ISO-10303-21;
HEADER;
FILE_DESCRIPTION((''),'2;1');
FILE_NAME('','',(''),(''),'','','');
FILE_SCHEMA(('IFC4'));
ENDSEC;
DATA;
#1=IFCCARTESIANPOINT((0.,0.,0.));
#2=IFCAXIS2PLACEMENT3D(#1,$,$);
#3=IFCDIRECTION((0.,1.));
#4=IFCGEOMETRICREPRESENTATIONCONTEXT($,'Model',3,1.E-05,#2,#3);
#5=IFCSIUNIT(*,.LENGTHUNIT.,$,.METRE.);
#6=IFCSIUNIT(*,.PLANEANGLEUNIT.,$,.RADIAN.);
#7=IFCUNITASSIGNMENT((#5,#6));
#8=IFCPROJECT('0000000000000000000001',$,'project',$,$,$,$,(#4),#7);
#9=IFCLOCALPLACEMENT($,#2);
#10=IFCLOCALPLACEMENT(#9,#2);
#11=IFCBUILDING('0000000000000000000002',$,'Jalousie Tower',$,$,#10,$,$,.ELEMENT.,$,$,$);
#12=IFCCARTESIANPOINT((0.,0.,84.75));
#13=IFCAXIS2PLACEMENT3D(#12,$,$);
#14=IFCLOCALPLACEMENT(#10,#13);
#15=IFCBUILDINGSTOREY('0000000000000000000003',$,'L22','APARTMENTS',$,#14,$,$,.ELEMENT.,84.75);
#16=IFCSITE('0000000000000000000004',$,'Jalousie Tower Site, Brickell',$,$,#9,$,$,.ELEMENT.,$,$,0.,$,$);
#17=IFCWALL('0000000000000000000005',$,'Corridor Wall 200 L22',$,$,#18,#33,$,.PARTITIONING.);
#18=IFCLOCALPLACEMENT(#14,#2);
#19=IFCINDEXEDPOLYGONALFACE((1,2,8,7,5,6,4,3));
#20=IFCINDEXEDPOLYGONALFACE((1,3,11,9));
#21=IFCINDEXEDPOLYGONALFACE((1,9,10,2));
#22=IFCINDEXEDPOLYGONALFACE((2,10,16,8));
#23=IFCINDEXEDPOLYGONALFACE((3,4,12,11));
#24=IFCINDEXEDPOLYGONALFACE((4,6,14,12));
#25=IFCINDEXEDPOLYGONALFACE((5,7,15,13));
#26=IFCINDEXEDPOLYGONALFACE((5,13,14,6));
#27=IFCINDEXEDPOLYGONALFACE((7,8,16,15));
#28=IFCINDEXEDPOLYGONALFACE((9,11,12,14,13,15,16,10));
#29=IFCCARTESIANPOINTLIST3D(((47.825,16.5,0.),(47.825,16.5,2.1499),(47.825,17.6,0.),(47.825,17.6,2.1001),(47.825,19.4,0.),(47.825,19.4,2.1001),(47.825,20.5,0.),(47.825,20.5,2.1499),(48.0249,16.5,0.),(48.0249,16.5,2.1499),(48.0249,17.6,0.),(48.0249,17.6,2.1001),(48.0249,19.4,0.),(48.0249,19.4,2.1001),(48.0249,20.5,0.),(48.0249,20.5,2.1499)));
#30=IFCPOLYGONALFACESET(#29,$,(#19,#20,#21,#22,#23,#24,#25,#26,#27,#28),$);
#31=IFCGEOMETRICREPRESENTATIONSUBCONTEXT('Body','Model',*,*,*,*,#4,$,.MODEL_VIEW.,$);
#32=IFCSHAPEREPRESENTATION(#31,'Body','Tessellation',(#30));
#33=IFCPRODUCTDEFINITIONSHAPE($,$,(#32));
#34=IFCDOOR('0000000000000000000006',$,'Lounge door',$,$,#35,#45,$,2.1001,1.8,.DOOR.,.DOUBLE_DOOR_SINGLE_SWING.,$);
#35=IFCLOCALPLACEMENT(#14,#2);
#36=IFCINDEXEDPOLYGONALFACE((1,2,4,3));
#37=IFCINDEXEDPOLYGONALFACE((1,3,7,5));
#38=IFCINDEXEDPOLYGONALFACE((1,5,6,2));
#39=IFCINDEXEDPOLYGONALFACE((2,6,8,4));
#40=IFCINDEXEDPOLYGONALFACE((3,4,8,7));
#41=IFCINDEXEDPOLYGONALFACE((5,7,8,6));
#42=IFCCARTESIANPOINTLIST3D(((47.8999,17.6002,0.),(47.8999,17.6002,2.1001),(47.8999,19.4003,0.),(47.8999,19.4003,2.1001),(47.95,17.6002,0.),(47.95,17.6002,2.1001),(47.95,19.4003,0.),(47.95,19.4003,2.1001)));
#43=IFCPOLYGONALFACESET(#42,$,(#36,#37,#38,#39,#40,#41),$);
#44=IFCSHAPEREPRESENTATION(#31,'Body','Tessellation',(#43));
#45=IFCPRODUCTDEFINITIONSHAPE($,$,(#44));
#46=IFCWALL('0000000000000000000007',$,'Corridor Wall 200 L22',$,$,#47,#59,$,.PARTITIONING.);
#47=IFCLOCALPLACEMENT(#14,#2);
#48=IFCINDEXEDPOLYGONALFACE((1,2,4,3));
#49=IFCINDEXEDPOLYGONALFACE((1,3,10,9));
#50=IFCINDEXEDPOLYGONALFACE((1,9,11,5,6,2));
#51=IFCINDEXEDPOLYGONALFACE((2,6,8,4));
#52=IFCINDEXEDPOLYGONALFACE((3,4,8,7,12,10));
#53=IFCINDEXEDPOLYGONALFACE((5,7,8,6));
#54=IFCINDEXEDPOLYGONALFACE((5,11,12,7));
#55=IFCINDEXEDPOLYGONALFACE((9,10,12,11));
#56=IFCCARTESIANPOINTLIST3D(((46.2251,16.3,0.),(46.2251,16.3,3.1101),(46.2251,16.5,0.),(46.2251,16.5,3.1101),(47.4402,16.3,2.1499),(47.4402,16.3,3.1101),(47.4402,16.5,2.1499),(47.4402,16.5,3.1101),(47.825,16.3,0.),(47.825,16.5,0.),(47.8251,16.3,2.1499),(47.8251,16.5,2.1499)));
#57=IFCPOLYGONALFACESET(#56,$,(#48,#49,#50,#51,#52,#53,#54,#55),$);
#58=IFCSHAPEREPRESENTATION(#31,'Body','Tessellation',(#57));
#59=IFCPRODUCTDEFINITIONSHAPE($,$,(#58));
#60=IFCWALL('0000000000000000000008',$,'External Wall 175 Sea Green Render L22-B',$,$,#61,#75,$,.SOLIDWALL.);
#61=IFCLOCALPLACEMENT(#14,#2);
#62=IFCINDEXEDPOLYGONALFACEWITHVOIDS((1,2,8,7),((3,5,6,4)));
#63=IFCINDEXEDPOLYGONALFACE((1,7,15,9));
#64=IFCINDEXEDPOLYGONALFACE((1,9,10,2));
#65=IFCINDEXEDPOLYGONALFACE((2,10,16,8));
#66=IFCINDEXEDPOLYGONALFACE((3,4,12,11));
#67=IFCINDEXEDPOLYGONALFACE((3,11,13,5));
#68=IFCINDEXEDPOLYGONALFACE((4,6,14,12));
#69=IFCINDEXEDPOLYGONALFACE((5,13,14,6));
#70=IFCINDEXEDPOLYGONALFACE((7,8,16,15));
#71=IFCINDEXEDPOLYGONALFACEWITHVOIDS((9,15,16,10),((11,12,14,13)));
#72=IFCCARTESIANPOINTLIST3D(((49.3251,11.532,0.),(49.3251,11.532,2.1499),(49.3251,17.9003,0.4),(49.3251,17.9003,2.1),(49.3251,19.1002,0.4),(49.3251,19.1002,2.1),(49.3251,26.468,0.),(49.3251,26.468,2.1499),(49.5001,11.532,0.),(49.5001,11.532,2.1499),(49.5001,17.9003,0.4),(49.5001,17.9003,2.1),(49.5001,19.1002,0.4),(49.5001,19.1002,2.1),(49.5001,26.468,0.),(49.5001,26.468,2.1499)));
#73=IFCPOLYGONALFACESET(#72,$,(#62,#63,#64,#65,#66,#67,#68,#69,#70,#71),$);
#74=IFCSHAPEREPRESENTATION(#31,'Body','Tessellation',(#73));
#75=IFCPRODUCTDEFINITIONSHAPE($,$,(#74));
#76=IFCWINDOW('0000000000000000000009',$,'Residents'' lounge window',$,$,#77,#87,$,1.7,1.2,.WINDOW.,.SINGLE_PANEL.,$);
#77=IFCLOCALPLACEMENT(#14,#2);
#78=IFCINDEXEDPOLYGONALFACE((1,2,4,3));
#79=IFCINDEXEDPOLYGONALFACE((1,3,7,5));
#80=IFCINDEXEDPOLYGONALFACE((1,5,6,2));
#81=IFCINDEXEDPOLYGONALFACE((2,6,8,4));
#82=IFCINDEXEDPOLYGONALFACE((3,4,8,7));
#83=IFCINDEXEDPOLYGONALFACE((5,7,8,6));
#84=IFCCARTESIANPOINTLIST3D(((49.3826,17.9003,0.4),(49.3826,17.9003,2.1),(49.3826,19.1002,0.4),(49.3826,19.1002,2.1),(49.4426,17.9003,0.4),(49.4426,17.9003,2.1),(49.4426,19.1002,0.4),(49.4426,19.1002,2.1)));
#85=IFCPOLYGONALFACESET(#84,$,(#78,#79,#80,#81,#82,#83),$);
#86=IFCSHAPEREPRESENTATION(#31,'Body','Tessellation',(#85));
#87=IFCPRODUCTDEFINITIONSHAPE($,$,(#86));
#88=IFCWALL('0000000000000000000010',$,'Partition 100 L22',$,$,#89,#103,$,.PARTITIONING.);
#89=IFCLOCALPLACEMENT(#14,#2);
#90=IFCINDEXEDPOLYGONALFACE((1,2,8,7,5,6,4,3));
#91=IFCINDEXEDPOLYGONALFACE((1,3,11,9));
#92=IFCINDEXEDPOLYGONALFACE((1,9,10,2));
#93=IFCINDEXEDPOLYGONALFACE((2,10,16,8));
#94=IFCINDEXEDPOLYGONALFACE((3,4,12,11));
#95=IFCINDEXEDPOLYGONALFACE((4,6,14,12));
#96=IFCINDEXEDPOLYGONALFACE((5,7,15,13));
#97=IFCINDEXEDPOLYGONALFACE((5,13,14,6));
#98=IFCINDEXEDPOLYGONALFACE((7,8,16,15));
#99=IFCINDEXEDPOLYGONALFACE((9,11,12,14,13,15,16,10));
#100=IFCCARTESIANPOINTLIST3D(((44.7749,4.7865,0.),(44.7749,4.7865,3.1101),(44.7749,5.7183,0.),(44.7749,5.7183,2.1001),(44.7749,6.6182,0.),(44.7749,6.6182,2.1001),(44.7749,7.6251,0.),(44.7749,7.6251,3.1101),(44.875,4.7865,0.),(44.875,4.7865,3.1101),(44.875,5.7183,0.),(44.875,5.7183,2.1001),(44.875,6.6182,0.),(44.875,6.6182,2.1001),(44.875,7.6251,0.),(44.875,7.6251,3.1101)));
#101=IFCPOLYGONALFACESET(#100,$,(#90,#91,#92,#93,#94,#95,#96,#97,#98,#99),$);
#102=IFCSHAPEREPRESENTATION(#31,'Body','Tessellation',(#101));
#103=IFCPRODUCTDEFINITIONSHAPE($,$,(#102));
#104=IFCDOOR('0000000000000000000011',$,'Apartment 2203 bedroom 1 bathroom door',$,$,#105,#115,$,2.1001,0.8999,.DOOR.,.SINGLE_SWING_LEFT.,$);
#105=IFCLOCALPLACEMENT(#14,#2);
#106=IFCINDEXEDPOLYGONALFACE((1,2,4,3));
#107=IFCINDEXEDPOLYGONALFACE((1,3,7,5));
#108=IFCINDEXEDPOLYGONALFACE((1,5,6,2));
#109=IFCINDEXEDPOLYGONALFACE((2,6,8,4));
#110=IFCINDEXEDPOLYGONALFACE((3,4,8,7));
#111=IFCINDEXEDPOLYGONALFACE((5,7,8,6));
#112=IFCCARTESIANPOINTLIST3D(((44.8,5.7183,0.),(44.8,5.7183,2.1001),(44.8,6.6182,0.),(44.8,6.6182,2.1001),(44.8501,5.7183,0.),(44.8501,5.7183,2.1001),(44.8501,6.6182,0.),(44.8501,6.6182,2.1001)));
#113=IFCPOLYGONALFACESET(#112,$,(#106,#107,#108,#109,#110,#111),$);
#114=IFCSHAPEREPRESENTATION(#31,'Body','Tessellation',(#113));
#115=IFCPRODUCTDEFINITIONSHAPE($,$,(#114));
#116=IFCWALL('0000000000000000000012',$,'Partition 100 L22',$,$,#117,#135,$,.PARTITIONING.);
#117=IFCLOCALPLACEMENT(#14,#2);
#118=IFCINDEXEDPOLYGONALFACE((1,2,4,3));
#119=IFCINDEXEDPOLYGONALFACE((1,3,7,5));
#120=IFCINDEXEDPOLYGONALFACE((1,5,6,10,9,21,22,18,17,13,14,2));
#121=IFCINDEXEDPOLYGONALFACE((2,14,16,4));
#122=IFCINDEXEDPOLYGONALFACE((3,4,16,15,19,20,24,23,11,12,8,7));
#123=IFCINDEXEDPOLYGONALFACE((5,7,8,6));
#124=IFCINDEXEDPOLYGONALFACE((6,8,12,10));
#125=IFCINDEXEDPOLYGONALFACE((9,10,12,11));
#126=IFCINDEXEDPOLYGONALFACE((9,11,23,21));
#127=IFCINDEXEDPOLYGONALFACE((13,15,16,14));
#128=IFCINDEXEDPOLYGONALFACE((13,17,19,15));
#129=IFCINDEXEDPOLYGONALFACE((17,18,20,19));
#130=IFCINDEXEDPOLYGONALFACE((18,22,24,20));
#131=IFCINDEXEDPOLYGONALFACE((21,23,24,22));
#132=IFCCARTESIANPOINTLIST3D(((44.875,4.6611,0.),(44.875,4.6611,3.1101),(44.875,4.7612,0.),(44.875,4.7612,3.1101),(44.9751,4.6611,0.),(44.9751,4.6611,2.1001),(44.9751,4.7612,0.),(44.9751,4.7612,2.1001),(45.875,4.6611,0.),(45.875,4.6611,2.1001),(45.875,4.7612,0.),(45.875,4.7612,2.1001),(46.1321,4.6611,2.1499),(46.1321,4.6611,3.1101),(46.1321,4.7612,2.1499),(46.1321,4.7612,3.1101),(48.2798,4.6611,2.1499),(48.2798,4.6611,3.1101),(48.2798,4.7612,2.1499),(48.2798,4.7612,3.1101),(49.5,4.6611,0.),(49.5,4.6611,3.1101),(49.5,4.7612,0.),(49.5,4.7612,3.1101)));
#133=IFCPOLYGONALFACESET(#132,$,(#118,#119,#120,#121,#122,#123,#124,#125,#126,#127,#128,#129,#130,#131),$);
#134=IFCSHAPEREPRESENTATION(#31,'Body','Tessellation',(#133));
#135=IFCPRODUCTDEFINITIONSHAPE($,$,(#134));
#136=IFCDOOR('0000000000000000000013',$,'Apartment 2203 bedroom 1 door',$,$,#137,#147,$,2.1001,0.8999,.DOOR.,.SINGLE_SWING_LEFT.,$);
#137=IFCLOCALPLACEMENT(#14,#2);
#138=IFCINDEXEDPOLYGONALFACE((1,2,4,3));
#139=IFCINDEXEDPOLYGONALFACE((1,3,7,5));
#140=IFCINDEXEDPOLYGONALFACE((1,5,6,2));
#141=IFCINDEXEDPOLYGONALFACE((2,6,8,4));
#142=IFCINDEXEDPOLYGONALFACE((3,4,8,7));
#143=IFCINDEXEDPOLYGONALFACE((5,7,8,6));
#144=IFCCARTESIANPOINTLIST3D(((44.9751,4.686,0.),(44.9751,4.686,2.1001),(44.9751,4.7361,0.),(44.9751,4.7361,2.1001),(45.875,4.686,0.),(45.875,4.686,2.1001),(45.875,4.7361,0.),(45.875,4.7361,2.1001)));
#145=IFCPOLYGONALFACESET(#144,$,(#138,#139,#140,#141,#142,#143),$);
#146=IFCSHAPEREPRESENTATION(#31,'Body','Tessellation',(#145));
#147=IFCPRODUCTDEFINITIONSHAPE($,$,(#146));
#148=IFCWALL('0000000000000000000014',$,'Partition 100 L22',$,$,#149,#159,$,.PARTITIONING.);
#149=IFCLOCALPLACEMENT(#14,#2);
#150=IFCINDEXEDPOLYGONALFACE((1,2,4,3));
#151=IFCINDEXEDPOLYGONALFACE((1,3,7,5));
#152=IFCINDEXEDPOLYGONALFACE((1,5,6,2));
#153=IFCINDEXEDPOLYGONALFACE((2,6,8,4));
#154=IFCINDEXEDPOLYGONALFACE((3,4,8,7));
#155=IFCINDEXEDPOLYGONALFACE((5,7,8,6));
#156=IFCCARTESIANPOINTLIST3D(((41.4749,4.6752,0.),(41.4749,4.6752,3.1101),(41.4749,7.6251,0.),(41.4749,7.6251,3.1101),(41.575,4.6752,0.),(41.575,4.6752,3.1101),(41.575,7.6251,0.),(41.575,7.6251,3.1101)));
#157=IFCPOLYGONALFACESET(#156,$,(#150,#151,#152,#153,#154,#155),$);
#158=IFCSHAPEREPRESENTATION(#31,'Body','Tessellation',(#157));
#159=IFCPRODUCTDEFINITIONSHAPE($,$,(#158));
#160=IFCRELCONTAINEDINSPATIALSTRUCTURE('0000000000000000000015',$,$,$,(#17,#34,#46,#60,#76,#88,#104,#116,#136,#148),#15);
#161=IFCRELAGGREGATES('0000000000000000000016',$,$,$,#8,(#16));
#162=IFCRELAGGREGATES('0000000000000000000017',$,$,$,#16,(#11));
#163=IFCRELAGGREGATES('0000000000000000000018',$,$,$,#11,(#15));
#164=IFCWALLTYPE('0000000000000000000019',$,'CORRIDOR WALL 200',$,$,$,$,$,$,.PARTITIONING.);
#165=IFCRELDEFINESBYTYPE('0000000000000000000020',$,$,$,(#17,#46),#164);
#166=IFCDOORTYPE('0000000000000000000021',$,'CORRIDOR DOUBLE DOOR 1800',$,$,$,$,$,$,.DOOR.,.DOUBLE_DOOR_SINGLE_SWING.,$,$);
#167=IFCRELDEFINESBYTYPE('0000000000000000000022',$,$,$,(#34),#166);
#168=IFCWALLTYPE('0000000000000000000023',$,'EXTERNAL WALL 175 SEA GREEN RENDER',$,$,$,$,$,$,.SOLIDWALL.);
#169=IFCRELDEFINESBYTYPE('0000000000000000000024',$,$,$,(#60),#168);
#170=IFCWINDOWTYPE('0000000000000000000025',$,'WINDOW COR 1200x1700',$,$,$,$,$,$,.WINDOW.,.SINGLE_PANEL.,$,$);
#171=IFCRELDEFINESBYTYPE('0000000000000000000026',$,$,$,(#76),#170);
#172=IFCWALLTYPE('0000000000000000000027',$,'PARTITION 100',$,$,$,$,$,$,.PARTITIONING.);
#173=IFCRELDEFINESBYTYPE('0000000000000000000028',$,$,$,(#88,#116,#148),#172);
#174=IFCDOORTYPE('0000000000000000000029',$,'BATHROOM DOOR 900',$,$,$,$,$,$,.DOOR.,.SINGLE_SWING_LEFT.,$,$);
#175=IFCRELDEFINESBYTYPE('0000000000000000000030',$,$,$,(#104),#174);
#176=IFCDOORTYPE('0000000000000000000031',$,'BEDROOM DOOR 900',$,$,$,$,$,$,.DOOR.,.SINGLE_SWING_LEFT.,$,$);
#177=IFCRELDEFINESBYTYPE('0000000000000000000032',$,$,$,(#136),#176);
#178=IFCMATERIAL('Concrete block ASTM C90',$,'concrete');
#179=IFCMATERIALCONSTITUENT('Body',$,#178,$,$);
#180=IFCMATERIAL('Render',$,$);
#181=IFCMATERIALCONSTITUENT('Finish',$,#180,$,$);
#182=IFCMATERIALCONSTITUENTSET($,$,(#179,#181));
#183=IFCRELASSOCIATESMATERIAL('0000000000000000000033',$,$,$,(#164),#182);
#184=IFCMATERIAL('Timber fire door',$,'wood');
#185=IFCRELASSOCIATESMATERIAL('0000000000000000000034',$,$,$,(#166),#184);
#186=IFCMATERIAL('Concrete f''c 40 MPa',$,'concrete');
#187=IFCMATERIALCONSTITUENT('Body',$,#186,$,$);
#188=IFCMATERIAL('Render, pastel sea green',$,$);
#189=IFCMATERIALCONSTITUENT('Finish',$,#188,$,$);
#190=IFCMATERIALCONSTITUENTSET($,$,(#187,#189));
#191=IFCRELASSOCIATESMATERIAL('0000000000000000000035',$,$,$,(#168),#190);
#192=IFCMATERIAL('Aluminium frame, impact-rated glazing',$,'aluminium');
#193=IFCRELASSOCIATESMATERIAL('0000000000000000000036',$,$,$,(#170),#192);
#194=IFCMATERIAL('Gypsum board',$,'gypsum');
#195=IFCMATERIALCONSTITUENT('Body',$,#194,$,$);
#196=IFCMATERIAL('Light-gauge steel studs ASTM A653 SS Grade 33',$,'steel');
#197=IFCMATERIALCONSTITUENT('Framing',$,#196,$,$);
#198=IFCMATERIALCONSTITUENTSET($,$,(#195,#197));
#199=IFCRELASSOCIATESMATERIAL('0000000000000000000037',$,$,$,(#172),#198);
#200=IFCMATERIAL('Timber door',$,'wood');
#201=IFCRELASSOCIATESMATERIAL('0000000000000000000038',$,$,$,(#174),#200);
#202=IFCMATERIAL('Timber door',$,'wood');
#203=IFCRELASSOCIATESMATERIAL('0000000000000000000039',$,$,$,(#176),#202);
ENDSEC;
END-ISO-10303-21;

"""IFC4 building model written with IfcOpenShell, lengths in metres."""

from ifc_helpers import new_model, si_unit, direction, frame, frame_2d, origin, place, context, subcontext, project, spatial, polyline, rectangle, outline, extrude, material, constituent, constituent_set, type_object, element, fill, save


model = new_model("IFC4")

# Units and contexts
model_context = context("Model", 3, precision=1e-05, world=origin(), true_north=direction((0.0, 1.0)))
body_context = subcontext(model_context, "Body", "Model", "MODEL_VIEW")
ifc_project = project(units=[si_unit("LENGTHUNIT", "METRE"), si_unit("PLANEANGLEUNIT", "RADIAN")], contexts=[model_context])

# Site, building, storey
site_placement = place(None, origin())
site = spatial("IfcSite", under=ifc_project, at=site_placement, Name="Jalousie Tower Site, Brickell", CompositionType="ELEMENT", RefElevation=0.0)
building_placement = place(site_placement, origin())
building = spatial("IfcBuilding", under=site, at=building_placement, Name="Jalousie Tower", CompositionType="ELEMENT")
storey_placement = place(building_placement, frame((0.0, 0.0, 84.75)))
storey = spatial("IfcBuildingStorey", under=building, at=storey_placement, Name="L22", Description="APARTMENTS", CompositionType="ELEMENT", Elevation=84.75)

# Shared definitions
ifc_material_1 = material(Name="Concrete block ASTM C90", Category="concrete")
ifc_constituent_1 = constituent(ifc_material_1, Name="Body")
ifc_material_2 = material(Name="Render")
ifc_constituent_2 = constituent(ifc_material_2, Name="Finish")
ifc_constituent_set_1 = constituent_set(constituents=[ifc_constituent_1, ifc_constituent_2])
wall_type_1 = type_object("IfcWallType", Name="CORRIDOR WALL 200", PredefinedType="PARTITIONING", material=ifc_constituent_set_1)

# Wall, opening, door
wall_1_placement = place(storey_placement, frame((47.925, 16.5, 0.0), z_axis=(0.0, 0.0, 1.0), x_axis=(0.0, 1.0, 0.0)))
wall_1 = element("IfcWall", 1, at=wall_1_placement, inside=storey, type_object=wall_type_1, Name="Corridor Wall 200 L22", PredefinedType="PARTITIONING", context=body_context, shape_type="SweptSolid", body=[
    extrude(outline(polyline([(0.0, 0.0), (4.0, 0.0), (4.0, 3.1101), (4.0, 2.1499), (0.0, 2.1499), (0.0, 3.1101), (0.0, 0.0)])), frame((0.0, 0.1001, 0.0), z_axis=(0.0, -1.0, 0.0), x_axis=(1.0, 0.0, 0.0)), (0.0, 0.0, 1.0), 0.2),
])
opening_1_placement = place(wall_1_placement, frame((1.1001, 0.0, 0.0)))
opening_1 = element("IfcOpeningElement", 2, at=opening_1_placement, cuts=wall_1, PredefinedType="OPENING", context=body_context, shape_type="SweptSolid", body=[
    extrude(rectangle(XDim=1.8, YDim=2.1001, at=frame_2d((0.8999, 1.05))), frame((0.0, 0.1099, 0.0), z_axis=(0.0, -1.0, 0.0), x_axis=(1.0, 0.0, 0.0)), (0.0, 0.0, 1.0), 0.22),
])
ifc_material_3 = material(Name="Timber fire door", Category="wood")
door_type_1 = type_object("IfcDoorType", Name="CORRIDOR DOUBLE DOOR 1800", OperationType="DOUBLE_DOOR_SINGLE_SWING", PredefinedType="DOOR", material=ifc_material_3)
door_1_placement = place(opening_1_placement, frame((1.8, 0.0, 0.0), z_axis=(0.0, 0.0, 1.0), x_axis=(-1.0, 0.0, 0.0)))
door_1 = element("IfcDoor", 3, at=door_1_placement, inside=storey, type_object=door_type_1, Name="Lounge door", OperationType="DOUBLE_DOOR_SINGLE_SWING", OverallHeight=2.1001, OverallWidth=1.8, PredefinedType="DOOR", context=body_context, shape_type="SweptSolid", body=[
    extrude(rectangle(XDim=1.8, YDim=2.1001, at=frame_2d((0.8999, 1.05))), frame((0.0, 0.0249, 0.0), z_axis=(0.0, -1.0, 0.0), x_axis=(1.0, 0.0, 0.0)), (0.0, 0.0, 1.0), 0.05),
])
fill(opening_1, door_1)

# Wall
wall_2_placement = place(storey_placement, frame((46.2251, 16.3999, 0.0), z_axis=(0.0, 0.0, 1.0), x_axis=(1.0, 0.0, 0.0)))
element("IfcWall", 4, at=wall_2_placement, inside=storey, type_object=wall_type_1, Name="Corridor Wall 200 L22", PredefinedType="PARTITIONING", context=body_context, shape_type="SweptSolid", body=[
    extrude(outline(polyline([(0.0, 0.0), (1.5999, 0.0), (1.6001, 3.1101), (1.6001, 2.1499), (1.2151, 2.1499), (1.2151, 3.1101), (0.0, 3.1101), (0.0, 0.0)])), frame((0.0, 0.1001, 0.0), z_axis=(0.0, -1.0, 0.0), x_axis=(1.0, 0.0, 0.0)), (0.0, 0.0, 1.0), 0.2),
])

# Wall, opening, window
ifc_material_4 = material(Name="Concrete f'c 40 MPa", Category="concrete")
ifc_constituent_3 = constituent(ifc_material_4, Name="Body")
ifc_material_5 = material(Name="Render, pastel sea green")
ifc_constituent_4 = constituent(ifc_material_5, Name="Finish")
ifc_constituent_set_2 = constituent_set(constituents=[ifc_constituent_3, ifc_constituent_4])
wall_type_2 = type_object("IfcWallType", Name="EXTERNAL WALL 175 SEA GREEN RENDER", PredefinedType="SOLIDWALL", material=ifc_constituent_set_2)
wall_3_placement = place(storey_placement, frame((49.4126, 11.532, 0.0), z_axis=(0.0, 0.0, 1.0), x_axis=(0.0, 1.0, 0.0)))
wall_3 = element("IfcWall", 5, at=wall_3_placement, inside=storey, type_object=wall_type_2, Name="External Wall 175 Sea Green Render L22-B", PredefinedType="SOLIDWALL", context=body_context, shape_type="SweptSolid", body=[
    extrude(rectangle(XDim=14.936, YDim=0.175, at=frame_2d((7.468, 0.0))), origin(), (0.0, 0.0, 1.0), 2.1499),
])
opening_2_placement = place(wall_3_placement, frame((6.3682, 0.0, 0.3999)))
opening_2 = element("IfcOpeningElement", 6, at=opening_2_placement, cuts=wall_3, PredefinedType="OPENING", context=body_context, shape_type="SweptSolid", body=[
    extrude(rectangle(XDim=1.2, YDim=1.7, at=frame_2d((0.6001, 0.8501))), frame((0.0, 0.0974, 0.0), z_axis=(0.0, -1.0, 0.0), x_axis=(1.0, 0.0, 0.0)), (0.0, 0.0, 1.0), 0.1951),
])
ifc_material_6 = material(Name="Aluminium frame, impact-rated glazing", Category="aluminium")
window_type = type_object("IfcWindowType", Name="WINDOW COR 1200x1700", PartitioningType="SINGLE_PANEL", PredefinedType="WINDOW", material=ifc_material_6)
window_placement = place(opening_2_placement, origin())
window = element("IfcWindow", 7, at=window_placement, inside=storey, type_object=window_type, Name="Residents' lounge window", OverallHeight=1.7, OverallWidth=1.2, PartitioningType="SINGLE_PANEL", PredefinedType="WINDOW", context=body_context, shape_type="SweptSolid", body=[
    extrude(rectangle(XDim=1.2, YDim=1.7, at=frame_2d((0.6001, 0.8501))), frame((0.0, 0.03, 0.0), z_axis=(0.0, -1.0, 0.0), x_axis=(1.0, 0.0, 0.0)), (0.0, 0.0, 1.0), 0.0601),
])
fill(opening_2, window)

# Walls, openings, doors
ifc_material_7 = material(Name="Gypsum board", Category="gypsum")
ifc_constituent_5 = constituent(ifc_material_7, Name="Body")
ifc_material_8 = material(Name="Light-gauge steel studs ASTM A653 SS Grade 33", Category="steel")
ifc_constituent_6 = constituent(ifc_material_8, Name="Framing")
ifc_constituent_set_3 = constituent_set(constituents=[ifc_constituent_5, ifc_constituent_6])
wall_type_3 = type_object("IfcWallType", Name="PARTITION 100", PredefinedType="PARTITIONING", material=ifc_constituent_set_3)
wall_4_placement = place(storey_placement, frame((44.825, 4.7864, 0.0), z_axis=(0.0, 0.0, 1.0), x_axis=(0.0, 1.0, 0.0)))
wall_4 = element("IfcWall", 8, at=wall_4_placement, inside=storey, type_object=wall_type_3, Name="Partition 100 L22", PredefinedType="PARTITIONING", context=body_context, shape_type="SweptSolid", body=[
    extrude(rectangle(XDim=2.8386, YDim=0.1001, at=frame_2d((1.4194, 0.0))), origin(), (0.0, 0.0, 1.0), 3.1101),
])
opening_3_placement = place(wall_4_placement, frame((0.9319, 0.0, 0.0)))
opening_3 = element("IfcOpeningElement", 9, at=opening_3_placement, cuts=wall_4, PredefinedType="OPENING", context=body_context, shape_type="SweptSolid", body=[
    extrude(rectangle(XDim=0.8999, YDim=2.1001, at=frame_2d((0.45, 1.05))), frame((0.0, 0.0601, 0.0), z_axis=(0.0, -1.0, 0.0), x_axis=(1.0, 0.0, 0.0)), (0.0, 0.0, 1.0), 0.1201),
])
ifc_material_9 = material(Name="Timber door", Category="wood")
door_type_2 = type_object("IfcDoorType", Name="BATHROOM DOOR 900", OperationType="SINGLE_SWING_LEFT", PredefinedType="DOOR", material=ifc_material_9)
door_2_placement = place(opening_3_placement, origin())
door_2 = element("IfcDoor", 10, at=door_2_placement, inside=storey, type_object=door_type_2, Name="Apartment 2203 bedroom 1 bathroom door", OperationType="SINGLE_SWING_LEFT", OverallHeight=2.1001, OverallWidth=0.8999, PredefinedType="DOOR", context=body_context, shape_type="SweptSolid", body=[
    extrude(rectangle(XDim=0.8999, YDim=2.1001, at=frame_2d((0.45, 1.05))), frame((0.0, 0.0249, 0.0), z_axis=(0.0, -1.0, 0.0), x_axis=(1.0, 0.0, 0.0)), (0.0, 0.0, 1.0), 0.05),
])
fill(opening_3, door_2)
wall_5_placement = place(storey_placement, frame((44.875, 4.7112, 0.0), z_axis=(0.0, 0.0, 1.0), x_axis=(1.0, 0.0, 0.0)))
wall_5 = element("IfcWall", 11, at=wall_5_placement, inside=storey, type_object=wall_type_3, Name="Partition 100 L22", PredefinedType="PARTITIONING", context=body_context, shape_type="SweptSolid", body=[
    extrude(outline(polyline([(0.0, 0.0), (4.625, 0.0), (4.625, 3.1101), (3.4048, 3.1101), (3.4048, 2.1499), (1.2571, 2.1499), (1.2571, 3.1101), (0.0, 3.1101), (0.0, 0.0)])), frame((0.0, 0.05, 0.0), z_axis=(0.0, -1.0, 0.0), x_axis=(1.0, 0.0, 0.0)), (0.0, 0.0, 1.0), 0.1001),
])
opening_4_placement = place(wall_5_placement, frame((0.1001, 0.0, 0.0)))
opening_4 = element("IfcOpeningElement", 12, at=opening_4_placement, cuts=wall_5, PredefinedType="OPENING", context=body_context, shape_type="SweptSolid", body=[
    extrude(rectangle(XDim=0.8999, YDim=2.1001, at=frame_2d((0.45, 1.05))), frame((0.0, 0.0601, 0.0), z_axis=(0.0, -1.0, 0.0), x_axis=(1.0, 0.0, 0.0)), (0.0, 0.0, 1.0), 0.1201),
])
ifc_material_10 = material(Name="Timber door", Category="wood")
door_type_3 = type_object("IfcDoorType", Name="BEDROOM DOOR 900", OperationType="SINGLE_SWING_LEFT", PredefinedType="DOOR", material=ifc_material_10)
door_3_placement = place(opening_4_placement, origin())
door_3 = element("IfcDoor", 13, at=door_3_placement, inside=storey, type_object=door_type_3, Name="Apartment 2203 bedroom 1 door", OperationType="SINGLE_SWING_LEFT", OverallHeight=2.1001, OverallWidth=0.8999, PredefinedType="DOOR", context=body_context, shape_type="SweptSolid", body=[
    extrude(rectangle(XDim=0.8999, YDim=2.1001, at=frame_2d((0.45, 1.05))), frame((0.0, 0.0249, 0.0), z_axis=(0.0, -1.0, 0.0), x_axis=(1.0, 0.0, 0.0)), (0.0, 0.0, 1.0), 0.05),
])
fill(opening_4, door_3)

# Wall
wall_6_placement = place(storey_placement, frame((41.5249, 4.675, 0.0), z_axis=(0.0, 0.0, 1.0), x_axis=(0.0, 1.0, 0.0)))
element("IfcWall", 14, at=wall_6_placement, inside=storey, type_object=wall_type_3, Name="Partition 100 L22", PredefinedType="PARTITIONING", context=body_context, shape_type="SweptSolid", body=[
    extrude(rectangle(XDim=2.95, YDim=0.1001, at=frame_2d((1.4751, 0.0))), origin(), (0.0, 0.0, 1.0), 3.1101),
])

save(model, "model.ifc")
